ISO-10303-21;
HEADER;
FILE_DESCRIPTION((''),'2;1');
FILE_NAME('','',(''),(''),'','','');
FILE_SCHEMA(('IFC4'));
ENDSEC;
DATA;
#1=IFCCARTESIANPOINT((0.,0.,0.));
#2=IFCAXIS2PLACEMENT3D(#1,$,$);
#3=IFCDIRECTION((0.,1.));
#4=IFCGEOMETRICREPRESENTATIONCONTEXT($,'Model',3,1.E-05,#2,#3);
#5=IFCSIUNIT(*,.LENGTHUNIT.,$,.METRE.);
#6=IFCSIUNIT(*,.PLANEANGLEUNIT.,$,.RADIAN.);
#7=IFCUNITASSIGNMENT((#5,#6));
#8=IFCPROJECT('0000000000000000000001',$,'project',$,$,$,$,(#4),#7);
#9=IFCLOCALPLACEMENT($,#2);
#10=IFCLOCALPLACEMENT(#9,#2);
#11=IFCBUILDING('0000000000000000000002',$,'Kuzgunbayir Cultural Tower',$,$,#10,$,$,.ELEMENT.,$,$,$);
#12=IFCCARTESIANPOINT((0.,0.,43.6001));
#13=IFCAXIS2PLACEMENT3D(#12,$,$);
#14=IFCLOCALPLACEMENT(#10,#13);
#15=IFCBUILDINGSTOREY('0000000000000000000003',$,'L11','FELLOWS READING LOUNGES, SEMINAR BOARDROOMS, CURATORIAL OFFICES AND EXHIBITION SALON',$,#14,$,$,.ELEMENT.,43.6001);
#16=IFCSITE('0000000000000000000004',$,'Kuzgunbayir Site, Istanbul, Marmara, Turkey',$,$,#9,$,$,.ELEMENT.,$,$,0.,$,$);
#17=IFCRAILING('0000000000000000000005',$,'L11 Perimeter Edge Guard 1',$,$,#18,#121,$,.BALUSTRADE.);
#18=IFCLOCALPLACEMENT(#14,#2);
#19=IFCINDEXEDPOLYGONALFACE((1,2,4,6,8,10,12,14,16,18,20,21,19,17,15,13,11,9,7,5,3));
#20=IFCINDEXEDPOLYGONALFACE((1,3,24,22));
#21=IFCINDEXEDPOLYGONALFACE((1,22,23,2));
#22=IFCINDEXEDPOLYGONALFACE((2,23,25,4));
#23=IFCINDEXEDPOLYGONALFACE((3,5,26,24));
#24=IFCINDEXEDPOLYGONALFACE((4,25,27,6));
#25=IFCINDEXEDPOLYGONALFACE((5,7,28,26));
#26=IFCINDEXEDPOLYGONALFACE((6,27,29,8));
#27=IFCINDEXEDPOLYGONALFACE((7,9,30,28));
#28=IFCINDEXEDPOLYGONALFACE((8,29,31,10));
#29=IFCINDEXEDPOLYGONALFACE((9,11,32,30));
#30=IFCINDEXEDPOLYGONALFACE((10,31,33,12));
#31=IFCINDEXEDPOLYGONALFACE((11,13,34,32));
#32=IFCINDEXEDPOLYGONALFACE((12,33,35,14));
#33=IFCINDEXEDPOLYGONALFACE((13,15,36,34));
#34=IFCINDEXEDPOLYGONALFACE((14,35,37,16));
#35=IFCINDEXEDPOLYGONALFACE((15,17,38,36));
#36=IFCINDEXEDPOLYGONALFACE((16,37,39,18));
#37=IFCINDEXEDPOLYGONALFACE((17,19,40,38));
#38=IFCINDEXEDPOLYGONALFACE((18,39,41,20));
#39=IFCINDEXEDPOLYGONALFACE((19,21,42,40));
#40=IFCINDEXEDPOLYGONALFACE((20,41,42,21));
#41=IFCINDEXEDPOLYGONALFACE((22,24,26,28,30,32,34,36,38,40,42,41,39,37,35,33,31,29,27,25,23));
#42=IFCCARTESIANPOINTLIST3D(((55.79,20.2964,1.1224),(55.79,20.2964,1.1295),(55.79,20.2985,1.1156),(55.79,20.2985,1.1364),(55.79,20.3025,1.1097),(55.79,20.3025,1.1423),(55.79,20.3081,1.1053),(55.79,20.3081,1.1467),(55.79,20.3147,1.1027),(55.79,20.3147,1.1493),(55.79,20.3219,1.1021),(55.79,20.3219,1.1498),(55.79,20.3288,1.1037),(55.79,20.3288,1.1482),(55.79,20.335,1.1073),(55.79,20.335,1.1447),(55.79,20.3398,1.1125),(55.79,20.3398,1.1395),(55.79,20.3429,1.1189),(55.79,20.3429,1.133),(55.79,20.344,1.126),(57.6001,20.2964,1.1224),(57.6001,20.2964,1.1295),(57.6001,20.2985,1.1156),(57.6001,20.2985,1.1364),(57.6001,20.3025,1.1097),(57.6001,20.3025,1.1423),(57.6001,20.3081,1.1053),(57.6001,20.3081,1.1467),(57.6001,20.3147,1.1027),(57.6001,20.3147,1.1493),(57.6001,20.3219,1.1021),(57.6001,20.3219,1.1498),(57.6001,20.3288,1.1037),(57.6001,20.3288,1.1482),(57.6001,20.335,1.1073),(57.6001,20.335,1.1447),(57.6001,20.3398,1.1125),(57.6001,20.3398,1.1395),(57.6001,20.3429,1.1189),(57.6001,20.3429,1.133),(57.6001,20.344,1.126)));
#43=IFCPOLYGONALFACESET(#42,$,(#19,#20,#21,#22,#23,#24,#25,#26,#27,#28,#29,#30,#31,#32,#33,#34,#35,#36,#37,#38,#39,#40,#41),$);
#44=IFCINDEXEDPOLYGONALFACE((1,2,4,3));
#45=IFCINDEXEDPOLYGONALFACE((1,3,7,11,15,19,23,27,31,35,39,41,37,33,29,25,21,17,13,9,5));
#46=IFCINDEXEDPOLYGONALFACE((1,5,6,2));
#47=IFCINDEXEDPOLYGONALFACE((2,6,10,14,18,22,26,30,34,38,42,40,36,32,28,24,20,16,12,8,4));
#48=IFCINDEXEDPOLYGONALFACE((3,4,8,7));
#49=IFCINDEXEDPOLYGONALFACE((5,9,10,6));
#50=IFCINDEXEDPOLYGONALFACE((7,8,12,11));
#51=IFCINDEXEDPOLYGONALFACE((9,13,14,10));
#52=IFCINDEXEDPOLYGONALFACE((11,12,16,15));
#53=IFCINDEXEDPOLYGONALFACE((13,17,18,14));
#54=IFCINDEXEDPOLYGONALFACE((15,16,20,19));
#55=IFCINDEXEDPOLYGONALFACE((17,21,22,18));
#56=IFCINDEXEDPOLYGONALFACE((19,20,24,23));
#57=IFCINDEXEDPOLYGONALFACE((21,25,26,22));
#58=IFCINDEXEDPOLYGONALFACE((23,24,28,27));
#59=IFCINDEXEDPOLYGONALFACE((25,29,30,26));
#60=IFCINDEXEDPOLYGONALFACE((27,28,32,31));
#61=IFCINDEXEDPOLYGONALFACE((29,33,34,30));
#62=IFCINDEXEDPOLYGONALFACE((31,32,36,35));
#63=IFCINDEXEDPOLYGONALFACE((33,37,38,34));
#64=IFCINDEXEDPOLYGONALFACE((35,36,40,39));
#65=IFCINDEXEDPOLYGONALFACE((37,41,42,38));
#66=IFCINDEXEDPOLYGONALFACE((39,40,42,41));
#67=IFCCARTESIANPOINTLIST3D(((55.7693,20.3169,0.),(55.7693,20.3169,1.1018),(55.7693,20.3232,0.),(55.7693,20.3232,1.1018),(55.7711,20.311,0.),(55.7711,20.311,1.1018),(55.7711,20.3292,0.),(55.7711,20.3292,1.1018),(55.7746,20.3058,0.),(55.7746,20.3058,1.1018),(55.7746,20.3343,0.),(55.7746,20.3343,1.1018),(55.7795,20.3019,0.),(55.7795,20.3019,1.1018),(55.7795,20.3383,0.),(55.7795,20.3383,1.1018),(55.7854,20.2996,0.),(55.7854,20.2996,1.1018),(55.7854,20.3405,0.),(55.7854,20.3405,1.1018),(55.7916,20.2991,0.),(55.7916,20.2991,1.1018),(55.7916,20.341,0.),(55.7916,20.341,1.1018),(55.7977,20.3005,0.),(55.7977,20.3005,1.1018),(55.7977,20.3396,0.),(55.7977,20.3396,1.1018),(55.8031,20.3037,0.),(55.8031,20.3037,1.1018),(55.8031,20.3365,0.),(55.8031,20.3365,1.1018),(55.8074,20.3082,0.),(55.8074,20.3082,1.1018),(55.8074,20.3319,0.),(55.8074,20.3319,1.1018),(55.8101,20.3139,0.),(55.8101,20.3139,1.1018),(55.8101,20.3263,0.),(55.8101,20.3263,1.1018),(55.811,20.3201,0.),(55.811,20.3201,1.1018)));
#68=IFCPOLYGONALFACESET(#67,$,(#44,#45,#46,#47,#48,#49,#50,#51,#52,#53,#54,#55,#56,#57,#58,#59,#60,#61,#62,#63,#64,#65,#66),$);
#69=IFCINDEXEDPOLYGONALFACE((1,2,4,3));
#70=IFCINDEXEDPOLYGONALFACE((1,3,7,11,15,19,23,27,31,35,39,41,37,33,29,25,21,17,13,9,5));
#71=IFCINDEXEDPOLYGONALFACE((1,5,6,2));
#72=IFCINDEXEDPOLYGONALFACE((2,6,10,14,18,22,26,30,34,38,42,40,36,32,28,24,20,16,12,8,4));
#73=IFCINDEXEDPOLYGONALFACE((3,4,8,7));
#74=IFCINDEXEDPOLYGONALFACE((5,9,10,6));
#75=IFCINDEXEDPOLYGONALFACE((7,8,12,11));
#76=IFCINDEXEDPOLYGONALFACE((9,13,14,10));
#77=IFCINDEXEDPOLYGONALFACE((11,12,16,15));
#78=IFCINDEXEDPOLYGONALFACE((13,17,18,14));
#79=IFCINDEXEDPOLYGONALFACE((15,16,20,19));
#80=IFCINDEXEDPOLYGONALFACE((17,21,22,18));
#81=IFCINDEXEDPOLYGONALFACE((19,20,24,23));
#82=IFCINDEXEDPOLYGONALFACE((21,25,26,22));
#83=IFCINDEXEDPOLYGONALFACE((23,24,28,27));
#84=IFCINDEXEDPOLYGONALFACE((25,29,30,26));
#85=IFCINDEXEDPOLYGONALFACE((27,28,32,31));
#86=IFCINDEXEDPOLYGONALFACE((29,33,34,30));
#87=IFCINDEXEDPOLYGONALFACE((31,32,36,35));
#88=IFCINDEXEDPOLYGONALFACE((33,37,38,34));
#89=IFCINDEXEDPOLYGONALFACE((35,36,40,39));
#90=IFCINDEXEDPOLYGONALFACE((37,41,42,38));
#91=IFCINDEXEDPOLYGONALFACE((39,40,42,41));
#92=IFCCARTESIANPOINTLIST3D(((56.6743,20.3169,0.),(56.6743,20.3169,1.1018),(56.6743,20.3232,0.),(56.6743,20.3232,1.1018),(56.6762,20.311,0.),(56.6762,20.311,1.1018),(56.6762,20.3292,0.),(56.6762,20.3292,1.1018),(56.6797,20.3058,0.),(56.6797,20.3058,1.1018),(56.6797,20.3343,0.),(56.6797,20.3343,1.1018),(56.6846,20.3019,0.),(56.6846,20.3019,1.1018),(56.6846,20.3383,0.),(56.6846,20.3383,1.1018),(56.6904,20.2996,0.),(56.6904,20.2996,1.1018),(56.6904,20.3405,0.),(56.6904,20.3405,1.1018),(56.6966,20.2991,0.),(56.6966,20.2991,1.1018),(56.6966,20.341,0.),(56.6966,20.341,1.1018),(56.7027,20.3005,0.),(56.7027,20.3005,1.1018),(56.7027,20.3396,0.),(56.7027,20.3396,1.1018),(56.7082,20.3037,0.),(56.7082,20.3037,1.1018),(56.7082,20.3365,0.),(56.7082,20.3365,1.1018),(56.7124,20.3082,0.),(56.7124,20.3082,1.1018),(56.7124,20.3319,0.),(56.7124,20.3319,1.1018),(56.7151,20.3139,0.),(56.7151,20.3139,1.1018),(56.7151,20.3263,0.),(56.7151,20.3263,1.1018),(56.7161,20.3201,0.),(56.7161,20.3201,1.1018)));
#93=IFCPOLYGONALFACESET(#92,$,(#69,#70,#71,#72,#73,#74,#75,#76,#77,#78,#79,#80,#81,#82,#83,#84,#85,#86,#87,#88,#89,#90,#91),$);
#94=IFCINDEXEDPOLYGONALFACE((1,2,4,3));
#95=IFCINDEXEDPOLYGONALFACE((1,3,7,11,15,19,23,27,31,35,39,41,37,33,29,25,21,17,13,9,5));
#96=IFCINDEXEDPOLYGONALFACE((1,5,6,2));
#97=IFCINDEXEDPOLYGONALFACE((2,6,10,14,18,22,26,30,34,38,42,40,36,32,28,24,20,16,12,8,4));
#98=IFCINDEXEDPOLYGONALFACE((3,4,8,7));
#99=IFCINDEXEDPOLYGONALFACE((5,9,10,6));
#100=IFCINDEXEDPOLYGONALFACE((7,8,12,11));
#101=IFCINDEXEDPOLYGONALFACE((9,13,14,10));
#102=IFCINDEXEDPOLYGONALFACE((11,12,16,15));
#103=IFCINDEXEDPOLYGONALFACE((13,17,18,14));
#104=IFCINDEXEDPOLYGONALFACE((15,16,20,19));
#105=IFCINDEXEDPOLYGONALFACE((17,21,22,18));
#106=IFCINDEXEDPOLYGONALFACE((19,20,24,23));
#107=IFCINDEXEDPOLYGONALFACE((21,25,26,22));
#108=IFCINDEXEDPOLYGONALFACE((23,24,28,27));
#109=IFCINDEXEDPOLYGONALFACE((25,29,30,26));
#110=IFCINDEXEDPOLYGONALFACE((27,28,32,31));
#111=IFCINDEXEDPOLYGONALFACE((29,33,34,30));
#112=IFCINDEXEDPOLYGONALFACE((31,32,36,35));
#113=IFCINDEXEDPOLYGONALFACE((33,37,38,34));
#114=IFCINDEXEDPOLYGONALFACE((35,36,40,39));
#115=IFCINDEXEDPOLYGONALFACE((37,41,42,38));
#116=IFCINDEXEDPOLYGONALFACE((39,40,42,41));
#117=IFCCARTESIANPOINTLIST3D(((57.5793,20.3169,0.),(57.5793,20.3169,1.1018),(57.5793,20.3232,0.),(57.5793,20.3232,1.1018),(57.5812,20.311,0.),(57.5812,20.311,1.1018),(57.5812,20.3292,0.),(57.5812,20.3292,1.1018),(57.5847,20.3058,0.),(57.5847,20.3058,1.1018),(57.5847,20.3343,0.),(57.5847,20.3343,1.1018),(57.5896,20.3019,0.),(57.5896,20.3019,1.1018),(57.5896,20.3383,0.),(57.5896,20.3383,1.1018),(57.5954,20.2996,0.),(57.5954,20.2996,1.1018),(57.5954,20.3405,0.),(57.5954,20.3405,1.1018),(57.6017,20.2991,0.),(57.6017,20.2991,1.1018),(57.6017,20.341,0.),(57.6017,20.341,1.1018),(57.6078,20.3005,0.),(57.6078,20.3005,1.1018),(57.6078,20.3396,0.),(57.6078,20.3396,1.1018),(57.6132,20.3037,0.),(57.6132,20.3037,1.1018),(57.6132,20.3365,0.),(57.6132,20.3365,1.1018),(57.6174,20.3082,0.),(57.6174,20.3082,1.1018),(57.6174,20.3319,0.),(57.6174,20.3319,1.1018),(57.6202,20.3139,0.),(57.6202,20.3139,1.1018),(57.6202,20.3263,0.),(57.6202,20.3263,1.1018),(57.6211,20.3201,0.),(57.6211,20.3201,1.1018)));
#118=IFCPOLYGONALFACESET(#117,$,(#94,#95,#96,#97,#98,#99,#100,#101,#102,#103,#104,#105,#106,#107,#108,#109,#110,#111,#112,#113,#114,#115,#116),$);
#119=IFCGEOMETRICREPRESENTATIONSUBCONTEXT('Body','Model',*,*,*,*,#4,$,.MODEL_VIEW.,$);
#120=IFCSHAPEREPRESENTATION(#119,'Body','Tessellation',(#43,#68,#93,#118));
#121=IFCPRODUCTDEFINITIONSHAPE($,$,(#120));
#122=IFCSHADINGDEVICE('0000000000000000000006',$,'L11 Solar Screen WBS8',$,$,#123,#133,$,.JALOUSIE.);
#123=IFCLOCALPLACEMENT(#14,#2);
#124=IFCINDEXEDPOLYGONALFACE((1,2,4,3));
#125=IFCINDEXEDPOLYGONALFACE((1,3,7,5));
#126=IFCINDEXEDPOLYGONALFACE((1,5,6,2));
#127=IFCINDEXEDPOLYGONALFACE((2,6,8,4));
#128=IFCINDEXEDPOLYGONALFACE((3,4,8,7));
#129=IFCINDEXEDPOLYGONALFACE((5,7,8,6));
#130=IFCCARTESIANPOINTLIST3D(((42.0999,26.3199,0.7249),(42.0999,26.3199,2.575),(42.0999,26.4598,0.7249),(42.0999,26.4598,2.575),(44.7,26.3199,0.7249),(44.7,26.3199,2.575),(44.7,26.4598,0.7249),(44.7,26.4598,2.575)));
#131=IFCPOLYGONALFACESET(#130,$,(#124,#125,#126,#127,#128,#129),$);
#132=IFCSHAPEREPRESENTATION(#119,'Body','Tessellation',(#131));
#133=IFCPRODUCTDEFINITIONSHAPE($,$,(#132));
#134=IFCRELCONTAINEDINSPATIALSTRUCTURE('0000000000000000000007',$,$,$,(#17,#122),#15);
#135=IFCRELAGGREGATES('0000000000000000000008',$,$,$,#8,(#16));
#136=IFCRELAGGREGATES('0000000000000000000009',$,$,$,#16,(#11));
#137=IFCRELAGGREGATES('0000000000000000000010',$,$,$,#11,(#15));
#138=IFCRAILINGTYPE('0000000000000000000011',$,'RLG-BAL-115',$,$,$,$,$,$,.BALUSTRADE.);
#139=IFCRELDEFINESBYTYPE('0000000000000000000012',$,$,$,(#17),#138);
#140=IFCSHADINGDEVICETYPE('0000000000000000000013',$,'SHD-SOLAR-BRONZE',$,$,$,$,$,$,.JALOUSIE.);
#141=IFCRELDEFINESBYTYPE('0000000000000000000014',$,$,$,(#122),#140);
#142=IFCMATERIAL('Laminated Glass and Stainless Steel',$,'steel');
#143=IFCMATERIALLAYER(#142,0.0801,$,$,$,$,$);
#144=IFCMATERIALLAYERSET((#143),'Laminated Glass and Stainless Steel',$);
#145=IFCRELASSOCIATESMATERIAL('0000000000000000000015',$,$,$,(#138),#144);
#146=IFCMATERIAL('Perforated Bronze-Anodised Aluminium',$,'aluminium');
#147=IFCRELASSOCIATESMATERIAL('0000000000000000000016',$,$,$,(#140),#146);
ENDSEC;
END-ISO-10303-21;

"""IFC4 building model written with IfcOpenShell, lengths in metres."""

from ifc_helpers import new_model, si_unit, direction, frame, origin, origin_2d, place, context, subcontext, project, spatial, rectangle, circle, extrude, material, layer, layer_set, type_object, element, save


model = new_model("IFC4")

# Units and contexts
model_context = context("Model", 3, precision=1e-05, world=origin(), true_north=direction((0.0, 1.0)))
body_context = subcontext(model_context, "Body", "Model", "MODEL_VIEW")
ifc_project = project(units=[si_unit("LENGTHUNIT", "METRE"), si_unit("PLANEANGLEUNIT", "RADIAN")], contexts=[model_context])

# Site, building, storey
site_placement = place(None, origin())
site = spatial("IfcSite", under=ifc_project, at=site_placement, Name="Kuzgunbayir Site, Istanbul, Marmara, Turkey", CompositionType="ELEMENT", RefElevation=0.0)
building_placement = place(site_placement, origin())
building = spatial("IfcBuilding", under=site, at=building_placement, Name="Kuzgunbayir Cultural Tower", CompositionType="ELEMENT")
storey_placement = place(building_placement, frame((0.0, 0.0, 43.6001)))
storey = spatial("IfcBuildingStorey", under=building, at=storey_placement, Name="L11", Description="FELLOWS READING LOUNGES, SEMINAR BOARDROOMS, CURATORIAL OFFICES AND EXHIBITION SALON", CompositionType="ELEMENT", Elevation=43.6001)

# Railing
ifc_material_1 = material(Name="Laminated Glass and Stainless Steel", Category="steel")
ifc_layer_1 = layer(ifc_material_1, 0.0801)
ifc_layer_set_1 = layer_set([ifc_layer_1], Name="Laminated Glass and Stainless Steel")
railing_type = type_object("IfcRailingType", Name="RLG-BAL-115", PredefinedType="BALUSTRADE", material=ifc_layer_set_1)
railing_placement = place(storey_placement, frame((55.79, 20.3201, 0.0)))
element("IfcRailing", 1, at=railing_placement, inside=storey, type_object=railing_type, Name="L11 Perimeter Edge Guard 1", PredefinedType="BALUSTRADE", context=body_context, shape_type="SweptSolid", body=[
    extrude(circle(Radius=0.0239, at=origin_2d()), frame((0.0, 0.0, 1.126), z_axis=(1.0, 0.0, 0.0), x_axis=(0.0, 1.0, 0.0)), (0.0, 0.0, 1.0), 1.8101),
    extrude(circle(Radius=0.021, at=origin_2d()), origin(), (0.0, 0.0, 1.0), 1.1018),
    extrude(circle(Radius=0.021, at=origin_2d()), frame((0.905, 0.0, 0.0)), (0.0, 0.0, 1.0), 1.1018),
    extrude(circle(Radius=0.021, at=origin_2d()), frame((1.8101, 0.0, 0.0)), (0.0, 0.0, 1.0), 1.1018),
])

# Shading device
ifc_material_2 = material(Name="Perforated Bronze-Anodised Aluminium", Category="aluminium")
shading_device_type = type_object("IfcShadingDeviceType", Name="SHD-SOLAR-BRONZE", PredefinedType="JALOUSIE", material=ifc_material_2)
shading_device_placement = place(storey_placement, frame((43.3999, 26.3899, 0.7249), z_axis=(0.0, 0.0, 1.0), x_axis=(1.0, 0.0, 0.0)))
element("IfcShadingDevice", 2, at=shading_device_placement, inside=storey, type_object=shading_device_type, Name="L11 Solar Screen WBS8", PredefinedType="JALOUSIE", context=body_context, shape_type="SweptSolid", body=[
    extrude(rectangle(XDim=2.6001, YDim=0.1399, at=origin_2d()), origin(), (0.0, 0.0, 1.0), 1.8501),
])

save(model, "model.ifc")
